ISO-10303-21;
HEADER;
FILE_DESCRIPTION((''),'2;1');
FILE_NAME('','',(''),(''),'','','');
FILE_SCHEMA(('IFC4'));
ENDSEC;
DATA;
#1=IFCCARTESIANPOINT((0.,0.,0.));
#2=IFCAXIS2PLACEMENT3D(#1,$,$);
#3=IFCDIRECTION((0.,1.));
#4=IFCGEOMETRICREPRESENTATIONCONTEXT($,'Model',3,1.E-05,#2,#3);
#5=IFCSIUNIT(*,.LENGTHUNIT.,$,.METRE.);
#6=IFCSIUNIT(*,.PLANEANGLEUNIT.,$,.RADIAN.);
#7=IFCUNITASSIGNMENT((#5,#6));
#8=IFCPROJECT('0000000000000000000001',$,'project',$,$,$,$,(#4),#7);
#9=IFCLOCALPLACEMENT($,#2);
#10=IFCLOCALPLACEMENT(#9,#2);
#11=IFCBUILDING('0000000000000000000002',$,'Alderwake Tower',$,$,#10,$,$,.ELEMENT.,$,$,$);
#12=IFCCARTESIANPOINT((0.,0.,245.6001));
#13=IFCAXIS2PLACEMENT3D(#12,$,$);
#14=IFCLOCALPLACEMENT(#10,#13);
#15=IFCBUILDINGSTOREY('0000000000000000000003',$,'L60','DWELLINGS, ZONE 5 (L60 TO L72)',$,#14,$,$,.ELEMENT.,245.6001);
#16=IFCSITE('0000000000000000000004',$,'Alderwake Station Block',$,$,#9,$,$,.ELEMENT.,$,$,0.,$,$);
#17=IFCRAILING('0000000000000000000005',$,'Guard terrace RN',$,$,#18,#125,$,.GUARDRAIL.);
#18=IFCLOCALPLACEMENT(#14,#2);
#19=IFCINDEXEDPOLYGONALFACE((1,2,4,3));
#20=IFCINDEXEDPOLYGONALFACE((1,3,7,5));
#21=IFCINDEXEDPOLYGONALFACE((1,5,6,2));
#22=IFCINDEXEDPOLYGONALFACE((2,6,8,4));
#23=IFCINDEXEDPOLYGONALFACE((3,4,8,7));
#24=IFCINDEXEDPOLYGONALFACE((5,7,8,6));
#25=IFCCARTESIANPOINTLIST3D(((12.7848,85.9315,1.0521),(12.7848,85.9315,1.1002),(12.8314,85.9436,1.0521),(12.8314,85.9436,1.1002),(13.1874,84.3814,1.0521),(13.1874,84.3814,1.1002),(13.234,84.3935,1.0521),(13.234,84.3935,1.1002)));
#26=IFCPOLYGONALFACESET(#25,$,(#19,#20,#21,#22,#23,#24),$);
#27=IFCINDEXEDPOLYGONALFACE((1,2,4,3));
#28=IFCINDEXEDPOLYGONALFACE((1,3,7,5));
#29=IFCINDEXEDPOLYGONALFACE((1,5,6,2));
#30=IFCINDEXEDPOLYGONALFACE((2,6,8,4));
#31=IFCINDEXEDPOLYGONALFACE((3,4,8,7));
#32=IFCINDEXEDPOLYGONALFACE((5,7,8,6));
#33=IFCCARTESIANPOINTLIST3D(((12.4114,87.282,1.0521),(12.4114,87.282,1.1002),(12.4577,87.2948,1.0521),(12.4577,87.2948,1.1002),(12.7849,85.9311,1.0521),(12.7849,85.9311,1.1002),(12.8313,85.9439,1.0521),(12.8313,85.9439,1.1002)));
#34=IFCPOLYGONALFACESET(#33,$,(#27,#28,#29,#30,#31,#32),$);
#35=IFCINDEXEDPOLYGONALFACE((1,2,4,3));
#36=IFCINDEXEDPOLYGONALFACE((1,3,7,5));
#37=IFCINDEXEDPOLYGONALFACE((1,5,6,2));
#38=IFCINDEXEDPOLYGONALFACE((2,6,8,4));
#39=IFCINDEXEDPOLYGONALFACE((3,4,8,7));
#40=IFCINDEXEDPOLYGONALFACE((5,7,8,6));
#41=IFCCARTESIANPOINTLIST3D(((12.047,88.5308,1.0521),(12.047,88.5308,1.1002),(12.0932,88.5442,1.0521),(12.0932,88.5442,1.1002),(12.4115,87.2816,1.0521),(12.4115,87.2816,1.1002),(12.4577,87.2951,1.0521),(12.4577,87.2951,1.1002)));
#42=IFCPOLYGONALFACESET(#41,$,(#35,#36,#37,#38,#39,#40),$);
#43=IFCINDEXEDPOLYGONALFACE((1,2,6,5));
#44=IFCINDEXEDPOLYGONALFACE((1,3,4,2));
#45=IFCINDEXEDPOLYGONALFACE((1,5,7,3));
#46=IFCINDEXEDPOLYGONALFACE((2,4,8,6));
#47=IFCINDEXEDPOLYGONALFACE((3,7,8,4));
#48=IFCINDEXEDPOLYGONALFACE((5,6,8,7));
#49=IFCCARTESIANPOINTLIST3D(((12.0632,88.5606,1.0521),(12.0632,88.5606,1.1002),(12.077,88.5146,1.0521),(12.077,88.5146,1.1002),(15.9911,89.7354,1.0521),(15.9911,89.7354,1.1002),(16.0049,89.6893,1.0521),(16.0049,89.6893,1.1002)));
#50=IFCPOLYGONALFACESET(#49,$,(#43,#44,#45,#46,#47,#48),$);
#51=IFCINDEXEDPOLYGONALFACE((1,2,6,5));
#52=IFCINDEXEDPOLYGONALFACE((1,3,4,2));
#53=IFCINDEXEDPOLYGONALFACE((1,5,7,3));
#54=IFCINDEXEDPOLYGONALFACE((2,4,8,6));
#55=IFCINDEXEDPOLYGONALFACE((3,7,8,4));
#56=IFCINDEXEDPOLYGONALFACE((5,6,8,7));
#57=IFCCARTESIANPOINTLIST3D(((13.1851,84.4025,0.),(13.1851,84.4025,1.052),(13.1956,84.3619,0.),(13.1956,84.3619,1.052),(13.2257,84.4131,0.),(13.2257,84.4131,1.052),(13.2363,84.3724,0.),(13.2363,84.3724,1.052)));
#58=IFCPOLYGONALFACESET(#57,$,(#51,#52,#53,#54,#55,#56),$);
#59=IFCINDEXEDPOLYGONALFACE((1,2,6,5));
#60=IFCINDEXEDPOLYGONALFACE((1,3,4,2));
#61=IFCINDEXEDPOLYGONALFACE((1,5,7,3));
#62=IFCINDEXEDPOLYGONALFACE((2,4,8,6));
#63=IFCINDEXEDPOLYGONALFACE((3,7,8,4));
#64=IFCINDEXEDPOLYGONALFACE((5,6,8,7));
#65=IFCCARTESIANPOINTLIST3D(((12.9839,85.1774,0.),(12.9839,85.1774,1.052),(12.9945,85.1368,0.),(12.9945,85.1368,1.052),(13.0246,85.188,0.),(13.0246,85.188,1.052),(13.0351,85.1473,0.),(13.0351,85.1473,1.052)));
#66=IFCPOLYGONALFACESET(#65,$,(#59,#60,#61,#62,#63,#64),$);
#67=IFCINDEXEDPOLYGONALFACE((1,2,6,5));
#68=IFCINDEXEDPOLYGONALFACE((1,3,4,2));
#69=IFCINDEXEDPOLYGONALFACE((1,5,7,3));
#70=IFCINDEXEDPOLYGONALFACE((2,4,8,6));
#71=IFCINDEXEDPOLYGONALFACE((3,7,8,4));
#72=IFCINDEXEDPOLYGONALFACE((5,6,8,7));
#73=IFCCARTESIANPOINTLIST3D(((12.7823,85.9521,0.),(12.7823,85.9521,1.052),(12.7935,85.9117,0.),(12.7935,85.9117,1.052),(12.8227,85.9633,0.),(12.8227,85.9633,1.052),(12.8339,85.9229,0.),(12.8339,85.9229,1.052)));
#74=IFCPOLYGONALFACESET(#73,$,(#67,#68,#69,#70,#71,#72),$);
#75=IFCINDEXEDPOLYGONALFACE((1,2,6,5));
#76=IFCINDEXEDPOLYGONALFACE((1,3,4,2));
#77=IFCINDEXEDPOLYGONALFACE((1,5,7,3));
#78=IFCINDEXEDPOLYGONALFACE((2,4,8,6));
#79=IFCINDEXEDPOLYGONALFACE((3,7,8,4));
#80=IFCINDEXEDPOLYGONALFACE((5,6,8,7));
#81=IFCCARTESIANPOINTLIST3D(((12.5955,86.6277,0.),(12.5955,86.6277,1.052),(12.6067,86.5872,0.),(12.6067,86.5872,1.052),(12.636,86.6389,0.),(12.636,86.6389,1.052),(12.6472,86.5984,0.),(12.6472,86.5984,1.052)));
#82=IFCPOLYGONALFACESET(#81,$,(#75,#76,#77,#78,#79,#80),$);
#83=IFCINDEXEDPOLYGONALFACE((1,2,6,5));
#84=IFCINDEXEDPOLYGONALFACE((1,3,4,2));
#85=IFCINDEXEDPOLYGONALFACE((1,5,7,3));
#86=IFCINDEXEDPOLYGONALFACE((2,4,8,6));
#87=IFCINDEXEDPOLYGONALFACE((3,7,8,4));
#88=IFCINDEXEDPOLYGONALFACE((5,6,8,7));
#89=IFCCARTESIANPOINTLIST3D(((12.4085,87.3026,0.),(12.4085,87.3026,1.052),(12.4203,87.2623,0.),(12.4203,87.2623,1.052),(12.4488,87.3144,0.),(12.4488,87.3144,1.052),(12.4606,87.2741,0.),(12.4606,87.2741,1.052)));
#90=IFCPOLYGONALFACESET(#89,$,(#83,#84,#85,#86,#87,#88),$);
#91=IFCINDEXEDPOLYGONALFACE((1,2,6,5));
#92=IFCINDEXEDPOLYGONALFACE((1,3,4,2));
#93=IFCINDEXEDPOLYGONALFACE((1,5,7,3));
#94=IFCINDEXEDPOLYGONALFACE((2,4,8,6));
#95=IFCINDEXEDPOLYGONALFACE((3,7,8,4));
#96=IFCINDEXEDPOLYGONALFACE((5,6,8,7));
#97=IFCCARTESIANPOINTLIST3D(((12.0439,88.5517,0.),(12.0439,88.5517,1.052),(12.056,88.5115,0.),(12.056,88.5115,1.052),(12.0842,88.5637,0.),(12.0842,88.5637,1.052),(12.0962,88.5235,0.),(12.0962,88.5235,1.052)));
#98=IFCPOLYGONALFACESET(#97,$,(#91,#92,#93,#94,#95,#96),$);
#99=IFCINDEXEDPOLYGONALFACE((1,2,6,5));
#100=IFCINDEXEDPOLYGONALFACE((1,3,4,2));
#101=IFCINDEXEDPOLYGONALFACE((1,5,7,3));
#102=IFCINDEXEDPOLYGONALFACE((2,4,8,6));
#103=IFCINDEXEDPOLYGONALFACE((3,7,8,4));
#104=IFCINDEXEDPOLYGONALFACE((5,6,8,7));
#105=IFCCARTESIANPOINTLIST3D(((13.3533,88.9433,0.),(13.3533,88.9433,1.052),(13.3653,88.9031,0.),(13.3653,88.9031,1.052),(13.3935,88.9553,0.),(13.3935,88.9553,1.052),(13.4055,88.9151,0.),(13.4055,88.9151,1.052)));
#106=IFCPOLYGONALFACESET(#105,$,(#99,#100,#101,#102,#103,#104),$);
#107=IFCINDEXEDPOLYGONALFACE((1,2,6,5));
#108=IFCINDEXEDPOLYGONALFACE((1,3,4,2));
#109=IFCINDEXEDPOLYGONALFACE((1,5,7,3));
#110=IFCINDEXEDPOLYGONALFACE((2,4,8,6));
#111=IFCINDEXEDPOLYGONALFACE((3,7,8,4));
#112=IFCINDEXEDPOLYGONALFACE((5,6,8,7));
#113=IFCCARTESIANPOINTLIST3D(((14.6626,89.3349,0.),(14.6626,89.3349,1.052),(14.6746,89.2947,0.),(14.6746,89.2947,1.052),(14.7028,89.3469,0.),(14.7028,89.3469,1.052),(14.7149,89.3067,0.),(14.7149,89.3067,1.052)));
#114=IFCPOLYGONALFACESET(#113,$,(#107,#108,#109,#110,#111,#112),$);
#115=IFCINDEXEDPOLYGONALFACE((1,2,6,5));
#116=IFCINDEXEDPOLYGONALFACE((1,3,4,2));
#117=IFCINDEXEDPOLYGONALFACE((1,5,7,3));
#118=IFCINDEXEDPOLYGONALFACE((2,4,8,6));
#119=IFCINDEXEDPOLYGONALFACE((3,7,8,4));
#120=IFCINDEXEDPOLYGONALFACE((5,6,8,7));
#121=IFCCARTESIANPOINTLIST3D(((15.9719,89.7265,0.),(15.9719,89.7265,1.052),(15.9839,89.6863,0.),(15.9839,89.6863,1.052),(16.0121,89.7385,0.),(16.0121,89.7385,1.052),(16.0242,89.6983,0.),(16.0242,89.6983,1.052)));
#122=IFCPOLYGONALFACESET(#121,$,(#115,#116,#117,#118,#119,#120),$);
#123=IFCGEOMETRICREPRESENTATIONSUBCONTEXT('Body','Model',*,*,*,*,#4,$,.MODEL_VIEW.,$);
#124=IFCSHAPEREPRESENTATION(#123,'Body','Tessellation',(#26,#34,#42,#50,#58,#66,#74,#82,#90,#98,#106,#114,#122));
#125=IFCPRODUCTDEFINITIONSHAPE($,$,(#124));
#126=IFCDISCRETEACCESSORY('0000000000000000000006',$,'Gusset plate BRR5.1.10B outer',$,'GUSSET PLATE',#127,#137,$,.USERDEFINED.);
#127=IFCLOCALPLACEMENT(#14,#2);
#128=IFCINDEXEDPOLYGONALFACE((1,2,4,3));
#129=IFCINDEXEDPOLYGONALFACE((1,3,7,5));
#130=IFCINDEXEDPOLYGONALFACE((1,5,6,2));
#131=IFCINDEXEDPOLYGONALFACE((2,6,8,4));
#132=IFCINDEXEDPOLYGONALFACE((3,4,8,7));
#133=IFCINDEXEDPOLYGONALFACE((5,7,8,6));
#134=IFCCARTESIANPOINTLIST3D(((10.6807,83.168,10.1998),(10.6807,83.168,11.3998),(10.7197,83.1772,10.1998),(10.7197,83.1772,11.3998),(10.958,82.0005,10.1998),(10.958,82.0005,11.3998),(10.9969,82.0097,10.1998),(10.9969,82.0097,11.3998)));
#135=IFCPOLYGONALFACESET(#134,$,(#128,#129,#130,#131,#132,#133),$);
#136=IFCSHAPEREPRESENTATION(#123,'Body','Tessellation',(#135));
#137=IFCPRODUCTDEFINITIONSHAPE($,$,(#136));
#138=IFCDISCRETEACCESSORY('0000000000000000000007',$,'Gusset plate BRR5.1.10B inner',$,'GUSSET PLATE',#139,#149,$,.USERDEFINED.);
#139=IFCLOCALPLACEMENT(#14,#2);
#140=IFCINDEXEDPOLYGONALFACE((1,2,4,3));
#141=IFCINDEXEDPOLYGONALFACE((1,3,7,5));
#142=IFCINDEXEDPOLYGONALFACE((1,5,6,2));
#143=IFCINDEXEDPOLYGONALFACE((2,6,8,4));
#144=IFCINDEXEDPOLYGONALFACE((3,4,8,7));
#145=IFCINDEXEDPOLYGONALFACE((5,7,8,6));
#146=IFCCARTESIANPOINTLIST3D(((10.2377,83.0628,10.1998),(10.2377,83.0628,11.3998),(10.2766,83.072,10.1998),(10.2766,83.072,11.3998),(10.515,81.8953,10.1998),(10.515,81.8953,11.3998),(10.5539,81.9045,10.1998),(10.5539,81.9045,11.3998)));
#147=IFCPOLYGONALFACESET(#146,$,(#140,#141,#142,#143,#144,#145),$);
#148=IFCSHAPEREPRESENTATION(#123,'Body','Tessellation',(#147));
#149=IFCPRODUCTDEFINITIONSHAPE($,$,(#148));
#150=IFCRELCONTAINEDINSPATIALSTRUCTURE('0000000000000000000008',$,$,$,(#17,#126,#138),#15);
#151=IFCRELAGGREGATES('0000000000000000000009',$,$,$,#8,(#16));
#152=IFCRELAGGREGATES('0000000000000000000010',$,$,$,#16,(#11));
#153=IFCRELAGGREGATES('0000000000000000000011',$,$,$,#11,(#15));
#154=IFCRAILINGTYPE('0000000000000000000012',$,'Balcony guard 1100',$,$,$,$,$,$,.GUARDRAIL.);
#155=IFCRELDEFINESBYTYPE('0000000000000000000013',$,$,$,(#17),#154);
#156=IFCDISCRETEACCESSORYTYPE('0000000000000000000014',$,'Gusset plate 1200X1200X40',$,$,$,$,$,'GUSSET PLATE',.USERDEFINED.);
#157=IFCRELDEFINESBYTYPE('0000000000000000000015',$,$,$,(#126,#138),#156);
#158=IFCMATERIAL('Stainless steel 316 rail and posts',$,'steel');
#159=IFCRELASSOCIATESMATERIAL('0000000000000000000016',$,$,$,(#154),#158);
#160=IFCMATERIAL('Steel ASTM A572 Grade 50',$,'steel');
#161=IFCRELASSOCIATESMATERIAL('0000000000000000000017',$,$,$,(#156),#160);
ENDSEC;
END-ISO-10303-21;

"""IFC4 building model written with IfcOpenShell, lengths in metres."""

from ifc_helpers import new_model, si_unit, direction, frame, origin, origin_2d, place, context, subcontext, project, spatial, rectangle, extrude, material, material_profile, profile_set, type_object, element, save


model = new_model("IFC4")

# Units and contexts
model_context = context("Model", 3, precision=1e-05, world=origin(), true_north=direction((0.0, 1.0)))
body_context = subcontext(model_context, "Body", "Model", "MODEL_VIEW")
ifc_project = project(units=[si_unit("LENGTHUNIT", "METRE"), si_unit("PLANEANGLEUNIT", "RADIAN")], contexts=[model_context])

# Site, building, storey
site_placement = place(None, origin())
site = spatial("IfcSite", under=ifc_project, at=site_placement, Name="Alderwake Station Block", CompositionType="ELEMENT", RefElevation=0.0)
building_placement = place(site_placement, origin())
building = spatial("IfcBuilding", under=site, at=building_placement, Name="Alderwake Tower", CompositionType="ELEMENT")
storey_placement = place(building_placement, frame((0.0, 0.0, 245.6001)))
storey = spatial("IfcBuildingStorey", under=building, at=storey_placement, Name="L60", Description="DWELLINGS, ZONE 5 (L60 TO L72)", CompositionType="ELEMENT", Elevation=245.6001)

# Railing
ifc_material_1 = material(Name="Stainless steel 316 rail and posts", Category="steel")
railing_type = type_object("IfcRailingType", Name="Balcony guard 1100", PredefinedType="GUARDRAIL", material=ifc_material_1)
railing_placement = place(storey_placement, frame((13.2107, 84.3875, 0.0)))
element("IfcRailing", 1, at=railing_placement, inside=storey, type_object=railing_type, Name="Guard terrace RN", PredefinedType="GUARDRAIL", context=body_context, shape_type="SweptSolid", body=[
    extrude(rectangle(XDim=0.0481, YDim=0.0481, at=origin_2d()), frame((0.0, 0.0, 1.0762), z_axis=(-0.251385, 0.967887, 0.0), x_axis=(-0.967887, -0.251385, 0.0)), (0.0, 0.0, 1.0), 1.6016),
    extrude(rectangle(XDim=0.0481, YDim=0.0481, at=origin_2d()), frame((-0.4026, 1.55, 1.0762), z_axis=(-0.266521, 0.963829, 0.0), x_axis=(-0.963829, -0.266521, 0.0)), (0.0, 0.0, 1.0), 1.4016),
    extrude(rectangle(XDim=0.0481, YDim=0.0481, at=origin_2d()), frame((-0.7761, 2.9009, 1.0762), z_axis=(-0.280094, 0.959973, 0.0), x_axis=(-0.959973, -0.280094, 0.0)), (0.0, 0.0, 1.0), 1.3013),
    extrude(rectangle(XDim=0.0481, YDim=0.0481, at=origin_2d()), frame((-1.1406, 4.1501, 1.0762), z_axis=(0.958067, 0.286545, 0.0), x_axis=(-0.286545, 0.958067, 0.0)), (0.0, 0.0, 1.0), 4.0999),
    extrude(rectangle(XDim=0.042, YDim=0.042, at=origin_2d()), frame((0.0, 0.0, 0.0), z_axis=(0.0, 0.0, 1.0), x_axis=(-0.251385, 0.967887, 0.0)), (0.0, 0.0, 1.0), 1.052),
    extrude(rectangle(XDim=0.042, YDim=0.042, at=origin_2d()), frame((-0.2012, 0.7749, 0.0), z_axis=(0.0, 0.0, 1.0), x_axis=(-0.251385, 0.967887, 0.0)), (0.0, 0.0, 1.0), 1.052),
    extrude(rectangle(XDim=0.042, YDim=0.042, at=origin_2d()), frame((-0.4026, 1.55, 0.0), z_axis=(0.0, 0.0, 1.0), x_axis=(-0.266521, 0.963829, 0.0)), (0.0, 0.0, 1.0), 1.052),
    extrude(rectangle(XDim=0.042, YDim=0.042, at=origin_2d()), frame((-0.5894, 2.2256, 0.0), z_axis=(0.0, 0.0, 1.0), x_axis=(-0.266521, 0.963829, 0.0)), (0.0, 0.0, 1.0), 1.052),
    extrude(rectangle(XDim=0.042, YDim=0.042, at=origin_2d()), frame((-0.7761, 2.9009, 0.0), z_axis=(0.0, 0.0, 1.0), x_axis=(-0.280094, 0.959973, 0.0)), (0.0, 0.0, 1.0), 1.052),
    extrude(rectangle(XDim=0.042, YDim=0.042, at=origin_2d()), frame((-1.1406, 4.1501, 0.0), z_axis=(0.0, 0.0, 1.0), x_axis=(0.958067, 0.286545, 0.0)), (0.0, 0.0, 1.0), 1.052),
    extrude(rectangle(XDim=0.042, YDim=0.042, at=origin_2d()), frame((0.1687, 4.5417, 0.0), z_axis=(0.0, 0.0, 1.0), x_axis=(0.958067, 0.286545, 0.0)), (0.0, 0.0, 1.0), 1.052),
    extrude(rectangle(XDim=0.042, YDim=0.042, at=origin_2d()), frame((1.478, 4.9333, 0.0), z_axis=(0.0, 0.0, 1.0), x_axis=(0.958067, 0.286545, 0.0)), (0.0, 0.0, 1.0), 1.052),
    extrude(rectangle(XDim=0.042, YDim=0.042, at=origin_2d()), frame((2.7874, 5.325, 0.0), z_axis=(0.0, 0.0, 1.0), x_axis=(0.958067, 0.286545, 0.0)), (0.0, 0.0, 1.0), 1.052),
])

# Discrete accessories
ifc_material_2 = material(Name="Steel ASTM A572 Grade 50", Category="steel")
ifc_material_profile_1 = material_profile(ifc_material_2, rectangle(XDim=1.2, YDim=1.2, at=origin_2d()), Name="gusset 1200X1200")
ifc_profile_set_1 = profile_set([ifc_material_profile_1], Name="Steel ASTM A572 Grade 50")
discrete_accessory_type = type_object("IfcDiscreteAccessoryType", Name="Gusset plate 1200X1200X40", ElementType="GUSSET PLATE", PredefinedType="USERDEFINED", material=ifc_profile_set_1)
for number, where, z_axis, x_axis, name in (
    (2, (10.8193, 82.5842, 10.7998), (0.972937, 0.231072, 0.0), (-0.231072, 0.972937, 0.0), "Gusset plate BRR5.1.10B outer"),
    (3, (10.4153, 82.4883, 10.7998), (-0.972937, -0.231072, 0.0), (0.231072, -0.972937, 0.0), "Gusset plate BRR5.1.10B inner"),
):
    element("IfcDiscreteAccessory", number, at=place(storey_placement, frame(where, z_axis=z_axis, x_axis=x_axis)), inside=storey, type_object=discrete_accessory_type, Name=name, ObjectType="GUSSET PLATE", PredefinedType="USERDEFINED", context=body_context, shape_type="SweptSolid", body=[
        extrude(rectangle(XDim=1.2, YDim=1.2, at=origin_2d()), origin(), (0.0, 0.0, 1.0), 0.04),
    ])

save(model, "model.ifc")
